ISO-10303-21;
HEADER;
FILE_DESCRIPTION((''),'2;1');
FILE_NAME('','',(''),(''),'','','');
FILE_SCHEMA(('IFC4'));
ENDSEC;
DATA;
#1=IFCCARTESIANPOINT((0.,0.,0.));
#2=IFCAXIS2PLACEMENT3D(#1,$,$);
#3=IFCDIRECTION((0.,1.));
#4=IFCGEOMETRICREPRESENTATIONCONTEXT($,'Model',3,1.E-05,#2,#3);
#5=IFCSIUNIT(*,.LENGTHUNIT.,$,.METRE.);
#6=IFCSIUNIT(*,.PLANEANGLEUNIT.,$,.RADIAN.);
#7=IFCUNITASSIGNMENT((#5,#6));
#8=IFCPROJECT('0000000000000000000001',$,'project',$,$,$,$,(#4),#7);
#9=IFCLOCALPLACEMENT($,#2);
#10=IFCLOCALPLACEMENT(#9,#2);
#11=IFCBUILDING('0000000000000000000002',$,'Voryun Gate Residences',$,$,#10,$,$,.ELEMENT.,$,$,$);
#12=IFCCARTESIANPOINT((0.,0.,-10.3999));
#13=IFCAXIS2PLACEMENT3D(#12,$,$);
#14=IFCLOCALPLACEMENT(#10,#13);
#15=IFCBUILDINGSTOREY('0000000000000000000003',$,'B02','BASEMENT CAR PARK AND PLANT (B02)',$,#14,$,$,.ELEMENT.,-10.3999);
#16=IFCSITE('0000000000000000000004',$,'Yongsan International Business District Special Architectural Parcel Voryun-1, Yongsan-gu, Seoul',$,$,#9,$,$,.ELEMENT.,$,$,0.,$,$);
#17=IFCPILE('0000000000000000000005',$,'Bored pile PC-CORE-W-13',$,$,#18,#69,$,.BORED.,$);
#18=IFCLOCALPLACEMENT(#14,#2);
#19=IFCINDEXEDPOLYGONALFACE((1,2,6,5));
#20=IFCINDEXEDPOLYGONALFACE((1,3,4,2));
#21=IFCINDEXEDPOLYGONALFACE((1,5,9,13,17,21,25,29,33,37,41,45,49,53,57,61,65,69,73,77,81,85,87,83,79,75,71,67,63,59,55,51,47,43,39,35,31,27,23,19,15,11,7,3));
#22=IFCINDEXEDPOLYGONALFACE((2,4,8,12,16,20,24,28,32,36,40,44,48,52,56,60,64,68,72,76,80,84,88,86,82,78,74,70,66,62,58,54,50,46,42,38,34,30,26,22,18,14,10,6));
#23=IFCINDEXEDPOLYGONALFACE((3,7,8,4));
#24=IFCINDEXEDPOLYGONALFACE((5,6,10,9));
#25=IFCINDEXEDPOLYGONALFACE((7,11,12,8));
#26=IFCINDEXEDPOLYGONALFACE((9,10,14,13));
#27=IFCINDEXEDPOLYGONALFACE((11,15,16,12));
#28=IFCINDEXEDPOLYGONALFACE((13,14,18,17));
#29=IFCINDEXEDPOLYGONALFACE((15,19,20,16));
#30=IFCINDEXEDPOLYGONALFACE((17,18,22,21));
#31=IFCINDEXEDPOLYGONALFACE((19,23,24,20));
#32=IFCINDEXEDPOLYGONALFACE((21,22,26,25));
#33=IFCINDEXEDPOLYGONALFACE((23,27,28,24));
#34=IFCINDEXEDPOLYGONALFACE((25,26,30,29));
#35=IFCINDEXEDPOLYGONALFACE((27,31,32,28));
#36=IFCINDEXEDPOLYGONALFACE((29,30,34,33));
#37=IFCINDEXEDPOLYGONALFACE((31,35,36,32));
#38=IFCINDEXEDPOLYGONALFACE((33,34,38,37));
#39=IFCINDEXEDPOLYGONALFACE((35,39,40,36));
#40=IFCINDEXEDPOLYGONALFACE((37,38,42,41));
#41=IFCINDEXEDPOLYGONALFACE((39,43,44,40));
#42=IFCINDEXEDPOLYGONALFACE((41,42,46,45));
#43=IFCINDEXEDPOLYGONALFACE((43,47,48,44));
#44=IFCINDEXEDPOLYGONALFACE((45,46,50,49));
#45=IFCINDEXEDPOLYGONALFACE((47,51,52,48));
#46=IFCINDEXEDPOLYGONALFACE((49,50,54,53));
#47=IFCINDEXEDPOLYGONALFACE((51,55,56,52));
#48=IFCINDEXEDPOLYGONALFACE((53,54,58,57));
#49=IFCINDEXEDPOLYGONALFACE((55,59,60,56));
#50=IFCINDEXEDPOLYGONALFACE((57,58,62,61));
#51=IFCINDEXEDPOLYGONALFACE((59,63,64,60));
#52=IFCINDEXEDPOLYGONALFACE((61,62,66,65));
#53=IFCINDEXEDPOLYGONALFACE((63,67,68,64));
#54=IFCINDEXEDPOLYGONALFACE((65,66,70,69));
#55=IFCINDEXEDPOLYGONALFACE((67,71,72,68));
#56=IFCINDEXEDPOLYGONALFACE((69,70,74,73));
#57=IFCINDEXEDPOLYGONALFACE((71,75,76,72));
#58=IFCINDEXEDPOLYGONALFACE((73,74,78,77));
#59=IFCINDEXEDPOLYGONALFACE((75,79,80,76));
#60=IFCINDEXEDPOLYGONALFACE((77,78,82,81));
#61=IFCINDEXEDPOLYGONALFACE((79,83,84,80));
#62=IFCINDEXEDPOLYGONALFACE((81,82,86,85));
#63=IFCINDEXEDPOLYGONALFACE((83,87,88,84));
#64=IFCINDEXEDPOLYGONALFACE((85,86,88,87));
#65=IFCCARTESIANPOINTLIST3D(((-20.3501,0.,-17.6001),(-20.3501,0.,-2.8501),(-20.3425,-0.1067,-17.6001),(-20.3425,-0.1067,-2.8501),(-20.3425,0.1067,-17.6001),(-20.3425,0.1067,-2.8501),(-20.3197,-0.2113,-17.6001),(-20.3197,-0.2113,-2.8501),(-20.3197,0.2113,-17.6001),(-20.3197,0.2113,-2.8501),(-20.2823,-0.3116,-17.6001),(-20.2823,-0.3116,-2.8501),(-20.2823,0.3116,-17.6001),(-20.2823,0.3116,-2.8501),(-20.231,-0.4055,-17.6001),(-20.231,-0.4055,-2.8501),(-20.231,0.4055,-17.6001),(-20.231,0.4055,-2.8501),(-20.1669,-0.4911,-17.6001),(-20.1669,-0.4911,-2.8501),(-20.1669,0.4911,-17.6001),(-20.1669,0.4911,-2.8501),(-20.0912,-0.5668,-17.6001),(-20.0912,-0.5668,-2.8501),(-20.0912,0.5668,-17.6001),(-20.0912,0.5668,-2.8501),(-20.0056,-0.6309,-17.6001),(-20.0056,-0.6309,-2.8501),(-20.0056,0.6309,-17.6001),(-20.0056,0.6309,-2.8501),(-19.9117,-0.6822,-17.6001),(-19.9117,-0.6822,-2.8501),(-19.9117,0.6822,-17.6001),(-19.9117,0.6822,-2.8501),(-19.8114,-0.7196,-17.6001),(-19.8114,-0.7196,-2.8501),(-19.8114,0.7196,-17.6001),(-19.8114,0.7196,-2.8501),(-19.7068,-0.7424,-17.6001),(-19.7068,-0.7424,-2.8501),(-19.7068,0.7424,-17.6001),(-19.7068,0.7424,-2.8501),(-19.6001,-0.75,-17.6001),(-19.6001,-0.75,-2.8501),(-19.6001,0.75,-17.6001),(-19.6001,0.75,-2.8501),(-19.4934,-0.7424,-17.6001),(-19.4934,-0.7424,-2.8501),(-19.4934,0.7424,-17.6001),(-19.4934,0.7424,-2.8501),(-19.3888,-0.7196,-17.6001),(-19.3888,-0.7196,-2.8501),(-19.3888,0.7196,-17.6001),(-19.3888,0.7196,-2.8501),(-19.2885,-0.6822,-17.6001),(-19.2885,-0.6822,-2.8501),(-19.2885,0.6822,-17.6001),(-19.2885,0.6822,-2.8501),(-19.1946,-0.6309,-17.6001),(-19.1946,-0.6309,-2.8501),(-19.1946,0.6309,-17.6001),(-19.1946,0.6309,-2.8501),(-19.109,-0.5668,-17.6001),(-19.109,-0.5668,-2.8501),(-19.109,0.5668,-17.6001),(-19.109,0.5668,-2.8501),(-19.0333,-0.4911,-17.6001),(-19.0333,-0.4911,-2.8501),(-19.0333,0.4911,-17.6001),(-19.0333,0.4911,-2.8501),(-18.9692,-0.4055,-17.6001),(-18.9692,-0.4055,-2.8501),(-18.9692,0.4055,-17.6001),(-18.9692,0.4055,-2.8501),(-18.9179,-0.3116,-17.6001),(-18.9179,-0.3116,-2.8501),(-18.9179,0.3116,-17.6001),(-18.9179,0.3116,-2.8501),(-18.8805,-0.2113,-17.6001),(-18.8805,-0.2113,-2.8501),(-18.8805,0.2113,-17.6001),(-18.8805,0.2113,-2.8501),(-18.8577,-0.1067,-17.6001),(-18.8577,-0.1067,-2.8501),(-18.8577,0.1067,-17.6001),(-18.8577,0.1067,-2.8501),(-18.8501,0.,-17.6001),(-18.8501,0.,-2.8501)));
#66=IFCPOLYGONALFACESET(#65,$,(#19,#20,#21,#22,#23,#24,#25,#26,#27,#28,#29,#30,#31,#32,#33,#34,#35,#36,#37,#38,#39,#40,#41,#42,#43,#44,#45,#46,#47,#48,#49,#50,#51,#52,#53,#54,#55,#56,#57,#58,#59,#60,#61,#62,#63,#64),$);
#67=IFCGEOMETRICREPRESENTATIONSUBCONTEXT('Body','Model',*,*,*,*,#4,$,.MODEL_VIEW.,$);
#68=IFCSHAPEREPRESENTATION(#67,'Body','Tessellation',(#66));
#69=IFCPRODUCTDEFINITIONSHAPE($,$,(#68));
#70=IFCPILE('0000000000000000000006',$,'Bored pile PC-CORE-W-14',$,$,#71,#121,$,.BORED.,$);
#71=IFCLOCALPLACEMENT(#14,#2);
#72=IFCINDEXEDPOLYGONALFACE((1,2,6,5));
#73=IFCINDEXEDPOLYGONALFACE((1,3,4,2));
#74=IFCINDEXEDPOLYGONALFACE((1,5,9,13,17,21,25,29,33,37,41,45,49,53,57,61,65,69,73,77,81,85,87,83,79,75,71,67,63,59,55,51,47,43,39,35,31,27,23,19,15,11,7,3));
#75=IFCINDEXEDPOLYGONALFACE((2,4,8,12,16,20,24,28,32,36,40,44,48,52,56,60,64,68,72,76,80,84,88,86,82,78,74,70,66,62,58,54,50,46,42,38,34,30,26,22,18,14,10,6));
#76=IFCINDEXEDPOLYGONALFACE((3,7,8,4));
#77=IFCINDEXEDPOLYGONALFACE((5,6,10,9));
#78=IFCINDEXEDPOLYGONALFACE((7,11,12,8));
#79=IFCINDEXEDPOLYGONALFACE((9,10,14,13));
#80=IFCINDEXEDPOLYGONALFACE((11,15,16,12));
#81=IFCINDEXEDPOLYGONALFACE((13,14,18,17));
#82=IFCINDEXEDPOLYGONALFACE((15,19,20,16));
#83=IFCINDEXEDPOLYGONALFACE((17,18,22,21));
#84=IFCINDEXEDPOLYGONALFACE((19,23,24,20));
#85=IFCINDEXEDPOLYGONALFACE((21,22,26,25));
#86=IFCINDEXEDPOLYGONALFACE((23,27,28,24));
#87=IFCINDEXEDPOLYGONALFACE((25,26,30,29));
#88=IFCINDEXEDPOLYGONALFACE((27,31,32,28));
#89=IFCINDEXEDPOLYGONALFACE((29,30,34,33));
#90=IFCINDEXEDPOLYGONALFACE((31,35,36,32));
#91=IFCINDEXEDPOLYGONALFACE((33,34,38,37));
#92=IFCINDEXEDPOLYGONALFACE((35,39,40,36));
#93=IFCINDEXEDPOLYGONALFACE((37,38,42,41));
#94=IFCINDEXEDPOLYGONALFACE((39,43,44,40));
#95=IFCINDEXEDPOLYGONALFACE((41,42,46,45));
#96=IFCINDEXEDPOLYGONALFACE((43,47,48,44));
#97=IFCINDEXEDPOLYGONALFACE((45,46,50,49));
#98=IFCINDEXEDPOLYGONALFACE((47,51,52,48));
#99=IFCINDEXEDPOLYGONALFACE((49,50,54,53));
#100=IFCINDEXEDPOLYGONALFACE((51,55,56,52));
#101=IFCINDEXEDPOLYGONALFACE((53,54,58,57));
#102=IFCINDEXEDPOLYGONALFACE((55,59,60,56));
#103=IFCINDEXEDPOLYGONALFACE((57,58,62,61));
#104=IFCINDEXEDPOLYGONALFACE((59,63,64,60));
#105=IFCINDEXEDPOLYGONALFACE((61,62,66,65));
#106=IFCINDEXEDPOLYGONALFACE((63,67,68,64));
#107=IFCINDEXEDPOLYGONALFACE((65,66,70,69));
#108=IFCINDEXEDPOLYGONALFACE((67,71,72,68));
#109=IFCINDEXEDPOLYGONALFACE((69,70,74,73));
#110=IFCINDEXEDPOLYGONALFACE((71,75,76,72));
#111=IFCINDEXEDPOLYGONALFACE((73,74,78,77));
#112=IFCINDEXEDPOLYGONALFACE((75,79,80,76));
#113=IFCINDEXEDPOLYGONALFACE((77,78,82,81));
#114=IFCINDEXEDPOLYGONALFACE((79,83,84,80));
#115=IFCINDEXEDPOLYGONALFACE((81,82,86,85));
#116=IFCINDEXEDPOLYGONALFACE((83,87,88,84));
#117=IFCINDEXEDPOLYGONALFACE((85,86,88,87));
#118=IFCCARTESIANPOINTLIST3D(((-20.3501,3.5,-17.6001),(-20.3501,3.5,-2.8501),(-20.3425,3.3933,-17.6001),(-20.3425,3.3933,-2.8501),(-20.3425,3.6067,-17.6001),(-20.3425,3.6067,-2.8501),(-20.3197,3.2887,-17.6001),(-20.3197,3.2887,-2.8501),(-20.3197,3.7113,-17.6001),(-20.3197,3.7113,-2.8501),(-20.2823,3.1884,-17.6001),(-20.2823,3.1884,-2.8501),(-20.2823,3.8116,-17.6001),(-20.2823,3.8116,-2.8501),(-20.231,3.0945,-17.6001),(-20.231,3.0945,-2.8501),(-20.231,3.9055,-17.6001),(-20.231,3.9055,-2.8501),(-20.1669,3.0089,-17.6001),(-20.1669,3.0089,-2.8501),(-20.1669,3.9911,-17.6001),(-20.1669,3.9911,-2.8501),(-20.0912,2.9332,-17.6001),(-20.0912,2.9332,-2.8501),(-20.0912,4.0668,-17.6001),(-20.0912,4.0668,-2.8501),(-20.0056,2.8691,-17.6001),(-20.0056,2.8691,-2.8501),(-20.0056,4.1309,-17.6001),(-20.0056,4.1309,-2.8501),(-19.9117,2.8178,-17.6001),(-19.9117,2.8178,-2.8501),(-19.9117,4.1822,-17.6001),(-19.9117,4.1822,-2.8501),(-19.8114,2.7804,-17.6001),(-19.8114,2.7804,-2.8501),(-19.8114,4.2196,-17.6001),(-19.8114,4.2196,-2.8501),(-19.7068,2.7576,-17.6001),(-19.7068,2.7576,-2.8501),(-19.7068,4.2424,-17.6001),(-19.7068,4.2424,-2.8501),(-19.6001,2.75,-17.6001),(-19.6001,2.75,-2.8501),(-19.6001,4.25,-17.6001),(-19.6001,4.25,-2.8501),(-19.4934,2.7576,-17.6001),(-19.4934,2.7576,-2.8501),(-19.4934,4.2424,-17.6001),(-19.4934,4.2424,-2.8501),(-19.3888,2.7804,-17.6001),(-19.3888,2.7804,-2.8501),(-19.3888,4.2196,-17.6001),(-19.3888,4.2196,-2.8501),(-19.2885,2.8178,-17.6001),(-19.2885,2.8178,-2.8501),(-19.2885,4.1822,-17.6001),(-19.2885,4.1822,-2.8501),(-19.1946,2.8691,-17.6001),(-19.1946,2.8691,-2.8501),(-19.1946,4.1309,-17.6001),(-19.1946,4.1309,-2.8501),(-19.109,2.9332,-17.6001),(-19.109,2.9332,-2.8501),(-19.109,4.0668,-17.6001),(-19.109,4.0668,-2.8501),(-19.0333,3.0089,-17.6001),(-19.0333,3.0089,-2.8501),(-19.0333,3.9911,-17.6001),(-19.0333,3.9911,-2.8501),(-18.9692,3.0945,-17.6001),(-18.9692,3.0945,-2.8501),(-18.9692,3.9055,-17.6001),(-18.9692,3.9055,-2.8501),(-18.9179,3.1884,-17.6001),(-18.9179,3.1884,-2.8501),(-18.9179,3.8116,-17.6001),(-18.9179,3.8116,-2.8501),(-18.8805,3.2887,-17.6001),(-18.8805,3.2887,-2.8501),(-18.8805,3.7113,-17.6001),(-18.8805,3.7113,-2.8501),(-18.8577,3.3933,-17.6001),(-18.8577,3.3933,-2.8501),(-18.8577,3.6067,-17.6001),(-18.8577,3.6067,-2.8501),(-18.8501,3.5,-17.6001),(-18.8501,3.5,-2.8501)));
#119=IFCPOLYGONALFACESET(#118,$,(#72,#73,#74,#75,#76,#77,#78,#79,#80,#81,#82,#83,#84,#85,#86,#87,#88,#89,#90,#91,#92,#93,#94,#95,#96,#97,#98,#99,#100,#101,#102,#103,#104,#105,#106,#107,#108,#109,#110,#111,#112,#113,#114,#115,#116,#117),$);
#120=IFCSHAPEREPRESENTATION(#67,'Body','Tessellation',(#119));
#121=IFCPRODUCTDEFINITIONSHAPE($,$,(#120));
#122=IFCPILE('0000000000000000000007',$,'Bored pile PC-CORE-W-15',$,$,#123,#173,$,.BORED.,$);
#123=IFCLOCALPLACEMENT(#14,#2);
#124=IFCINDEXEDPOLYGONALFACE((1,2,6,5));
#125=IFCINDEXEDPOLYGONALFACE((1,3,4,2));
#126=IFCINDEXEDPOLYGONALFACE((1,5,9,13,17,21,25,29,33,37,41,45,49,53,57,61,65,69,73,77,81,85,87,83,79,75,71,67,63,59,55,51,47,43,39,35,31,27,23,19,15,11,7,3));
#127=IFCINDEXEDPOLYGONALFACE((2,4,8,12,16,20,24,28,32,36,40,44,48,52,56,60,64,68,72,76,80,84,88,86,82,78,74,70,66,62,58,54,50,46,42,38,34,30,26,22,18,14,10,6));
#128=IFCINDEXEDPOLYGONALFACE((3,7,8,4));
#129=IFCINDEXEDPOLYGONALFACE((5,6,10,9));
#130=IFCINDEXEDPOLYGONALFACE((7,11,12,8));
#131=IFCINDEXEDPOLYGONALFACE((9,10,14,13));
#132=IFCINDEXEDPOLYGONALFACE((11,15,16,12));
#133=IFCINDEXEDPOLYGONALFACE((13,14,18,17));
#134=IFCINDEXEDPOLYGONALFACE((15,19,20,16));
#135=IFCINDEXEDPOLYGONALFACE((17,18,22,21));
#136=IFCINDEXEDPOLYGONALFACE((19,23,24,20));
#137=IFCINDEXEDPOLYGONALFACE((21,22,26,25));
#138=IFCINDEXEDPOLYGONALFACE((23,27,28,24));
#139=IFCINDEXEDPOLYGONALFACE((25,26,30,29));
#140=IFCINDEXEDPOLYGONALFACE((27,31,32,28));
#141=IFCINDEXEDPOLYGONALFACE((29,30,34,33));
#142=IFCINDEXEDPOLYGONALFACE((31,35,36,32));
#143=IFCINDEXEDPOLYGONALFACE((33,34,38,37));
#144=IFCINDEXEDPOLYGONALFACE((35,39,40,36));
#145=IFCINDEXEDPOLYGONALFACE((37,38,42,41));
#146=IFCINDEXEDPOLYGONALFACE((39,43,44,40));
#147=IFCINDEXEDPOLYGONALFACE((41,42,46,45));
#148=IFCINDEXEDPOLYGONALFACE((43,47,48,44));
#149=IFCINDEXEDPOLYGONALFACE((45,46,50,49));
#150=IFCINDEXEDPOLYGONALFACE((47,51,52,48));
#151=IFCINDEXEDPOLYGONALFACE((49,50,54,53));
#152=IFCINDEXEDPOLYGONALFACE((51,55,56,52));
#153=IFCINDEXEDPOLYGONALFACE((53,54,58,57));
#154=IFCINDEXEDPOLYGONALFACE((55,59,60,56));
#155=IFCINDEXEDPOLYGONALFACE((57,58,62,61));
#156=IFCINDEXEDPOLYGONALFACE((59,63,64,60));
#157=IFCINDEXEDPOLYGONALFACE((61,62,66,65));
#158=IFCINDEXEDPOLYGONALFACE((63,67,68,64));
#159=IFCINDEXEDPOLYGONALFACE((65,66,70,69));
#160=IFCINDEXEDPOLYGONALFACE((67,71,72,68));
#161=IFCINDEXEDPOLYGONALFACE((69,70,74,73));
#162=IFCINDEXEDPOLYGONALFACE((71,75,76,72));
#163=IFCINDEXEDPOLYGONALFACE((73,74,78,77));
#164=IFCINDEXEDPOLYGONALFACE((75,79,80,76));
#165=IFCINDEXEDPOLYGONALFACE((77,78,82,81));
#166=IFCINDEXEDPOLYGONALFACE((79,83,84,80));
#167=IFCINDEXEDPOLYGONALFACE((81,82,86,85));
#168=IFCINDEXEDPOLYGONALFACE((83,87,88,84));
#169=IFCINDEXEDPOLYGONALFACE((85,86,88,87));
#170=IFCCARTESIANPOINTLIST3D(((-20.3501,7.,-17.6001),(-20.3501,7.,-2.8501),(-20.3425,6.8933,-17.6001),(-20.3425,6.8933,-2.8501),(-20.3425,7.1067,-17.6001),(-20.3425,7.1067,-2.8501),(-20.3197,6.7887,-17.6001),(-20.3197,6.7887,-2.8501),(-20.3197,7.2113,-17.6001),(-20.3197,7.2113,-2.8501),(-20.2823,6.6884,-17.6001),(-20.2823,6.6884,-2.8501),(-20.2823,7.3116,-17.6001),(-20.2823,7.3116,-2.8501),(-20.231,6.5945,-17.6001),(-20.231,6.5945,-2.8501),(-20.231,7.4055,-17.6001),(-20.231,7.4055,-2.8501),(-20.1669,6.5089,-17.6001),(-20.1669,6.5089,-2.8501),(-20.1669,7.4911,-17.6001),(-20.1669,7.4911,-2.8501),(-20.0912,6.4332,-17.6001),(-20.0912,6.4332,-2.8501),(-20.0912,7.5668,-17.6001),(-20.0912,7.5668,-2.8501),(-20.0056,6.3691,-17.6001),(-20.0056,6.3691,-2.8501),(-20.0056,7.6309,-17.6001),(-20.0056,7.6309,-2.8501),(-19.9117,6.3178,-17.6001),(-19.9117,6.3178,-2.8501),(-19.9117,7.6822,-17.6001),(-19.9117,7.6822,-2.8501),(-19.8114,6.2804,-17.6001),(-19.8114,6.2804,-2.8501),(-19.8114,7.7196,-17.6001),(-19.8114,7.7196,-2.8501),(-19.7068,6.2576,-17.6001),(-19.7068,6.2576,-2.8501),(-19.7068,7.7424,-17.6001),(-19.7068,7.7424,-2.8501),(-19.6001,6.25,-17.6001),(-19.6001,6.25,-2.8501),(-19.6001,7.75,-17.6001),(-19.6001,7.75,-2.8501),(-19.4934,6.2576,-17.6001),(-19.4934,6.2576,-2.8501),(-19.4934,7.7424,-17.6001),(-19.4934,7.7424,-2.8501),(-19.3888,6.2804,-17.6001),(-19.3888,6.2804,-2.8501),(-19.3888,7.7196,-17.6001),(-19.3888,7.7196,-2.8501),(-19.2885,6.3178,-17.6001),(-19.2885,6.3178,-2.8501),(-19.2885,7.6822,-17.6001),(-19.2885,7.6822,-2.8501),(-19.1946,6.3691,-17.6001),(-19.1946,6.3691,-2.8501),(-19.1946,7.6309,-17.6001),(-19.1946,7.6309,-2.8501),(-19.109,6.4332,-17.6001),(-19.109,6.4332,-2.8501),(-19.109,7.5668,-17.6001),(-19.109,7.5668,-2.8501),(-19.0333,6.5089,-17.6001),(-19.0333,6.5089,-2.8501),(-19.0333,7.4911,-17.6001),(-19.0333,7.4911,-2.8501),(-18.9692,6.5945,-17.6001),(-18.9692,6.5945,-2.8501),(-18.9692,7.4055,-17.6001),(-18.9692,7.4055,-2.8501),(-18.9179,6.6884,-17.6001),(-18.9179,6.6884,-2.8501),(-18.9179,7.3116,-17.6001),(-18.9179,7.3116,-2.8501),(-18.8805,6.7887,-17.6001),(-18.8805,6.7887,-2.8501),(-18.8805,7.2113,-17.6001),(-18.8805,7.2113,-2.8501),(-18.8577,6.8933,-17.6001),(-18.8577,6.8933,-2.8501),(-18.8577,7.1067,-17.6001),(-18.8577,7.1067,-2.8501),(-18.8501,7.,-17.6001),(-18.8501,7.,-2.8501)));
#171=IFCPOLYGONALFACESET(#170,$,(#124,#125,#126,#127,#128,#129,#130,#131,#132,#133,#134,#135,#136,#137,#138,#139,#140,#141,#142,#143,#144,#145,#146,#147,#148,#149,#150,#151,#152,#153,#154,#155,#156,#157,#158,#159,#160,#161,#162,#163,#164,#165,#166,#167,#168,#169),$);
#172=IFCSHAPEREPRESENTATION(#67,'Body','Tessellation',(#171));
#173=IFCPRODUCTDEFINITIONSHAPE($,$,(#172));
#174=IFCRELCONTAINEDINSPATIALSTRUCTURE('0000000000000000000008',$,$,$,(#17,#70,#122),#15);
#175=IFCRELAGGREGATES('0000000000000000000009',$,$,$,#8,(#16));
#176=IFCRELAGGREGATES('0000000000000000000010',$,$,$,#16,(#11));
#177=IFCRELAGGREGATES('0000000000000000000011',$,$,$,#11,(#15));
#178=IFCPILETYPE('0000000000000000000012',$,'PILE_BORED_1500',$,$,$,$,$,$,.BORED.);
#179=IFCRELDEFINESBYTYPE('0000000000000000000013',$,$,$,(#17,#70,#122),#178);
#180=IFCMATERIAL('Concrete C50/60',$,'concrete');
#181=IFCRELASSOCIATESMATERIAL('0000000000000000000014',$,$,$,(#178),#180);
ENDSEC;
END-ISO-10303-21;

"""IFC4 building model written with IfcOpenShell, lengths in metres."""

from ifc_helpers import new_model, si_unit, direction, frame, origin, origin_2d, place, context, subcontext, project, spatial, circle, extrude, material, material_profile, profile_set, type_object, element, save


model = new_model("IFC4")

# Units and contexts
model_context = context("Model", 3, precision=1e-05, world=origin(), true_north=direction((0.0, 1.0)))
body_context = subcontext(model_context, "Body", "Model", "MODEL_VIEW")
ifc_project = project(units=[si_unit("LENGTHUNIT", "METRE"), si_unit("PLANEANGLEUNIT", "RADIAN")], contexts=[model_context])

# Site, building, storey
site_placement = place(None, origin())
site = spatial("IfcSite", under=ifc_project, at=site_placement, Name="Yongsan International Business District Special Architectural Parcel Voryun-1, Yongsan-gu, Seoul", CompositionType="ELEMENT", RefElevation=0.0)
building_placement = place(site_placement, origin())
building = spatial("IfcBuilding", under=site, at=building_placement, Name="Voryun Gate Residences", CompositionType="ELEMENT")
storey_placement = place(building_placement, frame((0.0, 0.0, -10.3999)))
storey = spatial("IfcBuildingStorey", under=building, at=storey_placement, Name="B02", Description="BASEMENT CAR PARK AND PLANT (B02)", CompositionType="ELEMENT", Elevation=-10.3999)

# Piles
ifc_material_1 = material(Name="Concrete C50/60", Category="concrete")
ifc_material_profile_1 = material_profile(ifc_material_1, circle(Radius=0.75, at=origin_2d()), Name="PILE-D1500")
ifc_profile_set_1 = profile_set([ifc_material_profile_1], Name="Concrete C50/60")
pile_type_1 = type_object("IfcPileType", Name="PILE_BORED_1500", PredefinedType="BORED", material=ifc_profile_set_1)
for number, where, z_axis, x_axis, name in (
    (1, (-19.6001, 0.0, -2.8501), (0.0, 0.0, -1.0), (1.0, 0.0, 0.0), "Bored pile PC-CORE-W-13"),
    (2, (-19.6001, 3.5, -2.8501), (0.0, 0.0, -1.0), (1.0, 0.0, 0.0), "Bored pile PC-CORE-W-14"),
    (3, (-19.6001, 7.0, -2.8501), (0.0, 0.0, -1.0), (1.0, 0.0, 0.0), "Bored pile PC-CORE-W-15"),
):
    element("IfcPile", number, at=place(storey_placement, frame(where, z_axis=z_axis, x_axis=x_axis)), inside=storey, type_object=pile_type_1, Name=name, PredefinedType="BORED", context=body_context, shape_type="SweptSolid", body=[
        extrude(circle(Radius=0.75, at=origin_2d()), origin(), (0.0, 0.0, 1.0), 14.75),
    ])

save(model, "model.ifc")
